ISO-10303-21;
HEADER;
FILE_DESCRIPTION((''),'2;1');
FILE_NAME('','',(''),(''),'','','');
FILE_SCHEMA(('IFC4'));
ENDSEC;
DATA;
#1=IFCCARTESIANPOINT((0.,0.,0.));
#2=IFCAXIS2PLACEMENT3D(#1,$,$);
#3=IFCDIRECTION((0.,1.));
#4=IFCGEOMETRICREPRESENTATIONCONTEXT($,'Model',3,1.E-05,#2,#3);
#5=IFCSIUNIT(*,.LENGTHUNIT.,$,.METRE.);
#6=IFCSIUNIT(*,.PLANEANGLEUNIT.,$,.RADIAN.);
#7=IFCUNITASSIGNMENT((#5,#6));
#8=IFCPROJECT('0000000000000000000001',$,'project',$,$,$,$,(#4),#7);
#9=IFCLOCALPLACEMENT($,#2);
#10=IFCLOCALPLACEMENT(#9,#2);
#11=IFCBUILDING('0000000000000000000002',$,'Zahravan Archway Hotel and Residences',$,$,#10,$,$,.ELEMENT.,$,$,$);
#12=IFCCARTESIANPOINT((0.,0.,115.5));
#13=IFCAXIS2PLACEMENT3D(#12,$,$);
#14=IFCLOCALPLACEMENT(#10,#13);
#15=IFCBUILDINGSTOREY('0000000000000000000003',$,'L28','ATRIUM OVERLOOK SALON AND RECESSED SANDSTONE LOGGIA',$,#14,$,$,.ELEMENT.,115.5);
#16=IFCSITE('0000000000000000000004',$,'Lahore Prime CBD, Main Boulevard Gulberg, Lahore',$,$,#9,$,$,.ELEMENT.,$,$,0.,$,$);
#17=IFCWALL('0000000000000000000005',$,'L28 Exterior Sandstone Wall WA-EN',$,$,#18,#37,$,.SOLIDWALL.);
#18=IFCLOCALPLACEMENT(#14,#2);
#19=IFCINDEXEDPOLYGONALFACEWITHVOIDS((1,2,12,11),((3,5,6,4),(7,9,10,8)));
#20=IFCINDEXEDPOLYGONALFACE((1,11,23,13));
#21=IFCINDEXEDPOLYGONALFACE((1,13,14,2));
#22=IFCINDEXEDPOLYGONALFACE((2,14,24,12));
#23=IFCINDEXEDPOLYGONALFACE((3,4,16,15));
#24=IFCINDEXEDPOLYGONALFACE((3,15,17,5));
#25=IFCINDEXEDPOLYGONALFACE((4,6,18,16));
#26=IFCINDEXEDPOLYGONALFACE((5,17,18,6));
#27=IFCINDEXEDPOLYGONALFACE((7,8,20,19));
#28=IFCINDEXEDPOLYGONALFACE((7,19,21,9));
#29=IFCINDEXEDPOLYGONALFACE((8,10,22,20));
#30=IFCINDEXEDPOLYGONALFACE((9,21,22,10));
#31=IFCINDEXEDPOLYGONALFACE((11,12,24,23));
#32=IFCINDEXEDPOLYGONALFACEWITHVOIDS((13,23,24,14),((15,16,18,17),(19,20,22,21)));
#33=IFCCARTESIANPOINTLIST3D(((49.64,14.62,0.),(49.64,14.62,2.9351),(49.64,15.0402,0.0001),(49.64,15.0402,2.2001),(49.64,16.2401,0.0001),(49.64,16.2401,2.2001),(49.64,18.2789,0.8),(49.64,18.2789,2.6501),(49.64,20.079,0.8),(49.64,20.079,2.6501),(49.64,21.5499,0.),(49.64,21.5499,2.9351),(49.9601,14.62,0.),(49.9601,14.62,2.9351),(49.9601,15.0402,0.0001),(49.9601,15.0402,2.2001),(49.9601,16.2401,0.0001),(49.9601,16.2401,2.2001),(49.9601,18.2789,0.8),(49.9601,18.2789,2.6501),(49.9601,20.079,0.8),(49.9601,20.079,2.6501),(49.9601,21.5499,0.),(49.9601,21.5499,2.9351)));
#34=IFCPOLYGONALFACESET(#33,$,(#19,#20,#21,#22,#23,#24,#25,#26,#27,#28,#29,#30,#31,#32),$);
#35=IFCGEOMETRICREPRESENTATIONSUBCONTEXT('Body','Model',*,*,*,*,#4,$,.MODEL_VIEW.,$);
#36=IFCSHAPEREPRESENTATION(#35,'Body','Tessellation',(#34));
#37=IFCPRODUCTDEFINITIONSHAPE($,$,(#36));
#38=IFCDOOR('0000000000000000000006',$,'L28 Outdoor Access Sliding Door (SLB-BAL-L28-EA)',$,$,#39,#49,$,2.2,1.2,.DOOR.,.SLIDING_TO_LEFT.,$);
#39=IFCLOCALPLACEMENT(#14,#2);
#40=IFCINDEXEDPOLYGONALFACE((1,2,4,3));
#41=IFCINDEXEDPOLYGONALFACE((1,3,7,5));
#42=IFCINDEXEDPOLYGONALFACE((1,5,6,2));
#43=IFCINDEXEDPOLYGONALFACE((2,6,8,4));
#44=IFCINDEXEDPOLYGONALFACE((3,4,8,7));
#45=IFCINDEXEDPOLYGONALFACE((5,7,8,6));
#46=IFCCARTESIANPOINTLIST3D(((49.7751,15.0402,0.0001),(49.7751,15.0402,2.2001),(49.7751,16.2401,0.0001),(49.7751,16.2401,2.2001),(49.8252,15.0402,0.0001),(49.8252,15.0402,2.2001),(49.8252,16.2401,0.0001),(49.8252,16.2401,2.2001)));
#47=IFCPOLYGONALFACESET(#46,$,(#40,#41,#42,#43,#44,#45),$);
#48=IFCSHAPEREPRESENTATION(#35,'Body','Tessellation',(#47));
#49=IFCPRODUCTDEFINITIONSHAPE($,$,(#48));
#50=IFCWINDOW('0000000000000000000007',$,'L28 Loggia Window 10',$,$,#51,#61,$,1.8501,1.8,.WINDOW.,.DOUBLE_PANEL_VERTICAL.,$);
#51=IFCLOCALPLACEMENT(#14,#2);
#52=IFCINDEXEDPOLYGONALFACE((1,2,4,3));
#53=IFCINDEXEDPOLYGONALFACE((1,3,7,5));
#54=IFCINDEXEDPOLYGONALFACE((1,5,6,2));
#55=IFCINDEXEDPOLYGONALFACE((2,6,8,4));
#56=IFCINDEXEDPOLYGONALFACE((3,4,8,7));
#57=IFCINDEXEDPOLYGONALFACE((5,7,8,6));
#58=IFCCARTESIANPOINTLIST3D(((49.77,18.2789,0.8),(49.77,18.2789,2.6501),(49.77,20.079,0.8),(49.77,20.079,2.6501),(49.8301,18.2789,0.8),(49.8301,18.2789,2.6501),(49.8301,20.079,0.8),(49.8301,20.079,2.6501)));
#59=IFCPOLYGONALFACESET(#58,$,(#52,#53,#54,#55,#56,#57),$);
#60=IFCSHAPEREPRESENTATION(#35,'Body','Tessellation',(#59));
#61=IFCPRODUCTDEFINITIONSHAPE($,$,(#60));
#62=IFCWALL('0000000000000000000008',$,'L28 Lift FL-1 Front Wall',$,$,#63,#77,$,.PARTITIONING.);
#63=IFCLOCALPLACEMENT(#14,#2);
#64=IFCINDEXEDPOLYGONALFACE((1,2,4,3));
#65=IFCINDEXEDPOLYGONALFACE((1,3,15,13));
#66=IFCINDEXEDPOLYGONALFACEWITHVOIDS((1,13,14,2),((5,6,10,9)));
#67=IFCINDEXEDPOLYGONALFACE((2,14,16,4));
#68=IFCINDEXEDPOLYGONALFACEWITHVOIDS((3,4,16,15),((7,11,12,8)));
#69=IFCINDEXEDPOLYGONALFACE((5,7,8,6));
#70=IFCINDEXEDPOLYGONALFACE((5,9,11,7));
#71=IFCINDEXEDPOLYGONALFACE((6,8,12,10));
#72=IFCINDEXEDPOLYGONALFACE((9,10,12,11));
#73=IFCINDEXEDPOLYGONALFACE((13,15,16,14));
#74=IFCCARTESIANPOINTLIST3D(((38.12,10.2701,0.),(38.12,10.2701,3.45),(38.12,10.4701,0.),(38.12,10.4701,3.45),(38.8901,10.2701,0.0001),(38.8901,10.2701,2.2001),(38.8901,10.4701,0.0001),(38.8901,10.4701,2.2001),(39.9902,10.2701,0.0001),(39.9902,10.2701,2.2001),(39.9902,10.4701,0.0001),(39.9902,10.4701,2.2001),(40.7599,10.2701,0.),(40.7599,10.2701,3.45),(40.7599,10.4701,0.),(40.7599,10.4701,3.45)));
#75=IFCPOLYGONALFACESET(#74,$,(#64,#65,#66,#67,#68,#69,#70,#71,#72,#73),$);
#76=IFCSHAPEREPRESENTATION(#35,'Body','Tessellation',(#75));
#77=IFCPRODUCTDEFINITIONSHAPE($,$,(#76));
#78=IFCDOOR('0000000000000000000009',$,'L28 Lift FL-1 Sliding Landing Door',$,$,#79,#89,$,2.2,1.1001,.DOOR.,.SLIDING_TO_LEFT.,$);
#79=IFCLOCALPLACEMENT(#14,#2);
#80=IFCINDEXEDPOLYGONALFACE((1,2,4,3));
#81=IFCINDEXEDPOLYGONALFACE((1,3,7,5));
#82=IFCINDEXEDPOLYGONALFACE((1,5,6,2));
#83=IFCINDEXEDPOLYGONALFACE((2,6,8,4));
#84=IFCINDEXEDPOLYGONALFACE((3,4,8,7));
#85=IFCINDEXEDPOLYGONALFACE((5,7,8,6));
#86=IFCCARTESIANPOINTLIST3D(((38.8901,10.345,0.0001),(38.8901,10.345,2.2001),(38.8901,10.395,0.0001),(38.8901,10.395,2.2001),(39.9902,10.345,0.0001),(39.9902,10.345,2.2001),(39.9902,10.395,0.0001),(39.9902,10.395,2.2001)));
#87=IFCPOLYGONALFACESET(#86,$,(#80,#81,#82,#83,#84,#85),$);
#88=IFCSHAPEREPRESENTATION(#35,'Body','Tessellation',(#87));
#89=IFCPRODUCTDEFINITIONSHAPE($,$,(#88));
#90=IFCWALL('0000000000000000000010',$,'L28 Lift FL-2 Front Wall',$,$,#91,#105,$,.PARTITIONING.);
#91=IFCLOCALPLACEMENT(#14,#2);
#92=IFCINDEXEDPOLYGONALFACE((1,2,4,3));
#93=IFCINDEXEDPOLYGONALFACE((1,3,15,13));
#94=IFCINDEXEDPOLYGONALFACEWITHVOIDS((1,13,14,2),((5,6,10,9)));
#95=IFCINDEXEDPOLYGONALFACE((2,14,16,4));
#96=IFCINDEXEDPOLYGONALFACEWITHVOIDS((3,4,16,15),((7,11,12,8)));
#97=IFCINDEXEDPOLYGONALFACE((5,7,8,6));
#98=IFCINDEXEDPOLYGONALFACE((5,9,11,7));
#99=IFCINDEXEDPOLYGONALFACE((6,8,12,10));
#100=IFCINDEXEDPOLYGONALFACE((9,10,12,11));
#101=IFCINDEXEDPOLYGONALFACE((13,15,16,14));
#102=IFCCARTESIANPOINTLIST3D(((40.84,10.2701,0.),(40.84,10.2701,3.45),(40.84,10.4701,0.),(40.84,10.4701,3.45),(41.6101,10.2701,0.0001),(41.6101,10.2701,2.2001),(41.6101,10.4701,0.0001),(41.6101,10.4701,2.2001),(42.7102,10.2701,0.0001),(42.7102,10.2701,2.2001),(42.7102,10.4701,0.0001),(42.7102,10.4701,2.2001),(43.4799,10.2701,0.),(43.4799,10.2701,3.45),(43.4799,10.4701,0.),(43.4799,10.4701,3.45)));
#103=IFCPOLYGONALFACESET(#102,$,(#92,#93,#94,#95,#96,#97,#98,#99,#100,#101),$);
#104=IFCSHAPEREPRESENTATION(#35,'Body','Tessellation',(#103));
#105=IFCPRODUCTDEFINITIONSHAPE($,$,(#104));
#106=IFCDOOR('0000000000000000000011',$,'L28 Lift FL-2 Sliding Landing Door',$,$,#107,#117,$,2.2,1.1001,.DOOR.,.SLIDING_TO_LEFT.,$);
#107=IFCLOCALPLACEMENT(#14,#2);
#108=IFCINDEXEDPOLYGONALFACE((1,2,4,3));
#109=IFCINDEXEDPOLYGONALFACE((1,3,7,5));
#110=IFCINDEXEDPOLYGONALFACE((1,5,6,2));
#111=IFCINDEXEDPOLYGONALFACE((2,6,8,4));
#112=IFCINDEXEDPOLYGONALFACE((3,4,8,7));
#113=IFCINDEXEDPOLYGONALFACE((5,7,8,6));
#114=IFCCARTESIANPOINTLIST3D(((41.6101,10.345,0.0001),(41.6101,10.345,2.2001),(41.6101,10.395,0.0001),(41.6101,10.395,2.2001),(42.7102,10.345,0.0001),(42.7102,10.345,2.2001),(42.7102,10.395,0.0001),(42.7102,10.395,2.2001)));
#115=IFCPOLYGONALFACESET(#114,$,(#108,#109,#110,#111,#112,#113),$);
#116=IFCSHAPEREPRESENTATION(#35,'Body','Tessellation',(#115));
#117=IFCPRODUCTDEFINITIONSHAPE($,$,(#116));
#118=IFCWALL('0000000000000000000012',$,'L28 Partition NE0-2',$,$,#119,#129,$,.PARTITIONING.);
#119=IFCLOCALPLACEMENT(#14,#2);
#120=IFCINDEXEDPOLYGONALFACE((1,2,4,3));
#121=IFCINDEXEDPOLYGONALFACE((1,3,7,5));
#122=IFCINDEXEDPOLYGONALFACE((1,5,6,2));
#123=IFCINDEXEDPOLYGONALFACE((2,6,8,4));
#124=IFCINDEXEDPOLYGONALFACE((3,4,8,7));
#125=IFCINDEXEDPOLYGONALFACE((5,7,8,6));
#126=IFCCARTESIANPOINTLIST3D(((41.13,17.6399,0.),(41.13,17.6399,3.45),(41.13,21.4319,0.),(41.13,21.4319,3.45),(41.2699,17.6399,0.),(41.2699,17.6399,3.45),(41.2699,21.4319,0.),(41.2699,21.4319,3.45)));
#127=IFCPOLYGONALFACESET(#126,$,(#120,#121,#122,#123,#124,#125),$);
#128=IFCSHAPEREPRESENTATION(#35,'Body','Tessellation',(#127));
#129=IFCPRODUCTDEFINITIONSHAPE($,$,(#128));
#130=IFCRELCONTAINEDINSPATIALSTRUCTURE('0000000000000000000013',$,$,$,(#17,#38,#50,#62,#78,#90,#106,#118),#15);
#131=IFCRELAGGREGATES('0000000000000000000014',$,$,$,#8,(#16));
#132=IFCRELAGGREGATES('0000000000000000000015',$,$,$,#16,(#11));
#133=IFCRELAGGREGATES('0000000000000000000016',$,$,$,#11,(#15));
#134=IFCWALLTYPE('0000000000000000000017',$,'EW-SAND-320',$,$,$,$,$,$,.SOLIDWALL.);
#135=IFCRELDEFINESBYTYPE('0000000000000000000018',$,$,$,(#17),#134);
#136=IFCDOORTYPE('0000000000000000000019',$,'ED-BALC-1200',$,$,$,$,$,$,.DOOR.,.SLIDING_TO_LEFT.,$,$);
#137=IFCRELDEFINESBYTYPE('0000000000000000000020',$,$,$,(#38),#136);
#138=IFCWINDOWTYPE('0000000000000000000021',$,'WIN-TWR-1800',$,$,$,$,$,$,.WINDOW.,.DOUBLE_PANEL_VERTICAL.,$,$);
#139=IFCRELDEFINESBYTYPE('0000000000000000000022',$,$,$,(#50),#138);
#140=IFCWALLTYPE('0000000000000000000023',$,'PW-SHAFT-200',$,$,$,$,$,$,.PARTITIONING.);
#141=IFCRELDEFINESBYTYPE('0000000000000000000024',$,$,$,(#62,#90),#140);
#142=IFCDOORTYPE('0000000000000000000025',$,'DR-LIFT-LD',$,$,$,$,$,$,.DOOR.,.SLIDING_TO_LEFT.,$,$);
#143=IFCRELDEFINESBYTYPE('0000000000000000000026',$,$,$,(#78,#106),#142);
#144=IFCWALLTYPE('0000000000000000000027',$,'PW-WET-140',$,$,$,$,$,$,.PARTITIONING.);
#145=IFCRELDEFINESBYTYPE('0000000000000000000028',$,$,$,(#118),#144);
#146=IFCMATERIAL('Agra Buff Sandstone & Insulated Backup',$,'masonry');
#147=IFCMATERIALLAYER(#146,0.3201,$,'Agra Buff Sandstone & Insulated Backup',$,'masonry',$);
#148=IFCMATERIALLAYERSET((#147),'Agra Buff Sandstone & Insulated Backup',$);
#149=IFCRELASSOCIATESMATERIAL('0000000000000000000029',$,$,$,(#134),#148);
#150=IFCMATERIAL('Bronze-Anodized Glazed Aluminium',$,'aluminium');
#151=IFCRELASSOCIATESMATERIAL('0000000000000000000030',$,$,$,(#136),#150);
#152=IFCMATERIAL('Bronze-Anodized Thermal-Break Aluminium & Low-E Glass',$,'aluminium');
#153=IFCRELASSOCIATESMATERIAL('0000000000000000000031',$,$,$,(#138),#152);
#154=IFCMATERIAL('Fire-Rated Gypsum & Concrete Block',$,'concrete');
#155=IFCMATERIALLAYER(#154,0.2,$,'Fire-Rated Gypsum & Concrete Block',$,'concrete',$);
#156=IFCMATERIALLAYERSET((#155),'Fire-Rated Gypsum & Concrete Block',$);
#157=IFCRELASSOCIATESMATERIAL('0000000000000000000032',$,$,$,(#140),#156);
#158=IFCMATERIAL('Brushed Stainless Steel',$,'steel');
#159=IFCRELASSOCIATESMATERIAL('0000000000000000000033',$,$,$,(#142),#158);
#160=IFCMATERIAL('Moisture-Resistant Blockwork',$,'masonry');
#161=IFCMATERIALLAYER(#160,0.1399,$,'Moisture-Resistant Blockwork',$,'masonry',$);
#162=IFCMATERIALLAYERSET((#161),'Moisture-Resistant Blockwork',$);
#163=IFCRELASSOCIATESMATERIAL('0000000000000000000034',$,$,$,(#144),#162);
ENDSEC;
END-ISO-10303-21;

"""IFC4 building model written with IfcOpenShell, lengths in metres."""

from ifc_helpers import new_model, si_unit, direction, frame, frame_2d, origin, place, context, subcontext, project, spatial, rectangle, extrude, source, transform, mapped, material, layer, layer_set, type_object, type_shapes, element, fill, save


model = new_model("IFC4")

# Units and contexts
model_context = context("Model", 3, precision=1e-05, world=origin(), true_north=direction((0.0, 1.0)))
body_context = subcontext(model_context, "Body", "Model", "MODEL_VIEW")
ifc_project = project(units=[si_unit("LENGTHUNIT", "METRE"), si_unit("PLANEANGLEUNIT", "RADIAN")], contexts=[model_context])

# Site, building, storey
site_placement = place(None, origin())
site = spatial("IfcSite", under=ifc_project, at=site_placement, Name="Lahore Prime CBD, Main Boulevard Gulberg, Lahore", CompositionType="ELEMENT", RefElevation=0.0)
building_placement = place(site_placement, origin())
building = spatial("IfcBuilding", under=site, at=building_placement, Name="Zahravan Archway Hotel and Residences", CompositionType="ELEMENT")
storey_placement = place(building_placement, frame((0.0, 0.0, 115.5)))
storey = spatial("IfcBuildingStorey", under=building, at=storey_placement, Name="L28", Description="ATRIUM OVERLOOK SALON AND RECESSED SANDSTONE LOGGIA", CompositionType="ELEMENT", Elevation=115.5)

# Wall, openings, door, window
ifc_material_1 = material(Name="Agra Buff Sandstone & Insulated Backup", Category="masonry")
ifc_layer_1 = layer(ifc_material_1, 0.3201, Name="Agra Buff Sandstone & Insulated Backup", Category="masonry")
ifc_layer_set_1 = layer_set([ifc_layer_1], Name="Agra Buff Sandstone & Insulated Backup")
wall_type_1 = type_object("IfcWallType", Name="EW-SAND-320", PredefinedType="SOLIDWALL", material=ifc_layer_set_1)
wall_1_placement = place(storey_placement, frame((49.8, 14.6201, 0.0), z_axis=(0.0, 0.0, 1.0), x_axis=(0.0, 1.0, 0.0)))
wall_1 = element("IfcWall", 1, at=wall_1_placement, inside=storey, type_object=wall_type_1, Name="L28 Exterior Sandstone Wall WA-EN", PredefinedType="SOLIDWALL", context=body_context, shape_type="SweptSolid", body=[
    extrude(rectangle(XDim=6.9299, YDim=0.3201, at=frame_2d((3.4648, 0.0))), origin(), (0.0, 0.0, 1.0), 2.9351),
])
opening_1_placement = place(wall_1_placement, frame((0.4199, 0.0, 0.0)))
opening_1 = element("IfcOpeningElement", 2, at=opening_1_placement, cuts=wall_1, PredefinedType="OPENING", context=body_context, shape_type="SweptSolid", body=[
    extrude(rectangle(XDim=1.2, YDim=2.2, at=frame_2d((0.6001, 1.1001))), frame((0.0, 0.1699, 0.0), z_axis=(0.0, -1.0, 0.0), x_axis=(1.0, 0.0, 0.0)), (0.0, 0.0, 1.0), 0.3401),
])
opening_2_placement = place(wall_1_placement, frame((3.6589, 0.0, 0.8)))
opening_2 = element("IfcOpeningElement", 3, at=opening_2_placement, cuts=wall_1, PredefinedType="OPENING", context=body_context, shape_type="SweptSolid", body=[
    extrude(rectangle(XDim=1.8, YDim=1.8501, at=frame_2d((0.8999, 0.925))), frame((0.0, 0.1699, 0.0), z_axis=(0.0, -1.0, 0.0), x_axis=(1.0, 0.0, 0.0)), (0.0, 0.0, 1.0), 0.3401),
])
ifc_material_2 = material(Name="Bronze-Anodized Glazed Aluminium", Category="aluminium")
door_type_1 = type_object("IfcDoorType", Name="ED-BALC-1200", OperationType="SLIDING_TO_LEFT", PredefinedType="DOOR", material=ifc_material_2)
shared_shape_1 = source(origin(), body_context, "Body", "SweptSolid", [
    extrude(rectangle(XDim=1.2, YDim=2.2, at=frame_2d((0.6001, 1.1001))), frame((0.0, 0.0249, 0.0), z_axis=(0.0, -1.0, 0.0), x_axis=(1.0, 0.0, 0.0)), (0.0, 0.0, 1.0), 0.05),
])
type_shapes(door_type_1, [shared_shape_1])
door_1_placement = place(opening_1_placement, origin())
door_1 = element("IfcDoor", 4, at=door_1_placement, inside=storey, type_object=door_type_1, Name="L28 Outdoor Access Sliding Door (SLB-BAL-L28-EA)", OperationType="SLIDING_TO_LEFT", OverallHeight=2.2, OverallWidth=1.2, PredefinedType="DOOR", context=body_context, shape_type="MappedRepresentation", body=[
    mapped(shared_shape_1, transform((0.0, 0.0, 0.0), scale=1.0)),
])
fill(opening_1, door_1)
ifc_material_3 = material(Name="Bronze-Anodized Thermal-Break Aluminium & Low-E Glass", Category="aluminium")
window_type = type_object("IfcWindowType", Name="WIN-TWR-1800", PartitioningType="DOUBLE_PANEL_VERTICAL", PredefinedType="WINDOW", material=ifc_material_3)
shared_shape_2 = source(origin(), body_context, "Body", "SweptSolid", [
    extrude(rectangle(XDim=1.8, YDim=1.8501, at=frame_2d((0.8999, 0.925))), frame((0.0, 0.03, 0.0), z_axis=(0.0, -1.0, 0.0), x_axis=(1.0, 0.0, 0.0)), (0.0, 0.0, 1.0), 0.0601),
])
type_shapes(window_type, [shared_shape_2])
window_placement = place(opening_2_placement, origin())
window = element("IfcWindow", 5, at=window_placement, inside=storey, type_object=window_type, Name="L28 Loggia Window 10", OverallHeight=1.8501, OverallWidth=1.8, PartitioningType="DOUBLE_PANEL_VERTICAL", PredefinedType="WINDOW", context=body_context, shape_type="MappedRepresentation", body=[
    mapped(shared_shape_2, transform((0.0, 0.0, 0.0), scale=1.0)),
])
fill(opening_2, window)

# Walls, openings, doors
ifc_material_4 = material(Name="Fire-Rated Gypsum & Concrete Block", Category="concrete")
ifc_layer_2 = layer(ifc_material_4, 0.2, Name="Fire-Rated Gypsum & Concrete Block", Category="concrete")
ifc_layer_set_2 = layer_set([ifc_layer_2], Name="Fire-Rated Gypsum & Concrete Block")
wall_type_2 = type_object("IfcWallType", Name="PW-SHAFT-200", PredefinedType="PARTITIONING", material=ifc_layer_set_2)
wall_2_placement = place(storey_placement, frame((38.1201, 10.3701, 0.0), z_axis=(0.0, 0.0, 1.0), x_axis=(1.0, 0.0, 0.0)))
wall_2 = element("IfcWall", 6, at=wall_2_placement, inside=storey, type_object=wall_type_2, Name="L28 Lift FL-1 Front Wall", PredefinedType="PARTITIONING", context=body_context, shape_type="SweptSolid", body=[
    extrude(rectangle(XDim=2.6399, YDim=0.2, at=frame_2d((1.3198, 0.0))), origin(), (0.0, 0.0, 1.0), 3.45),
])
opening_3_placement = place(wall_2_placement, frame((0.77, 0.0, 0.0)))
opening_3 = element("IfcOpeningElement", 7, at=opening_3_placement, cuts=wall_2, PredefinedType="OPENING", context=body_context, shape_type="SweptSolid", body=[
    extrude(rectangle(XDim=1.1001, YDim=2.2, at=frame_2d((0.55, 1.1001))), frame((0.0, 0.1099, 0.0), z_axis=(0.0, -1.0, 0.0), x_axis=(1.0, 0.0, 0.0)), (0.0, 0.0, 1.0), 0.22),
])
ifc_material_5 = material(Name="Brushed Stainless Steel", Category="steel")
door_type_2 = type_object("IfcDoorType", Name="DR-LIFT-LD", OperationType="SLIDING_TO_LEFT", PredefinedType="DOOR", material=ifc_material_5)
shared_shape_3 = source(origin(), body_context, "Body", "SweptSolid", [
    extrude(rectangle(XDim=1.1001, YDim=2.2, at=frame_2d((0.55, 1.1001))), frame((0.0, 0.0249, 0.0), z_axis=(0.0, -1.0, 0.0), x_axis=(1.0, 0.0, 0.0)), (0.0, 0.0, 1.0), 0.05),
])
type_shapes(door_type_2, [shared_shape_3])
door_2_placement = place(opening_3_placement, origin())
door_2 = element("IfcDoor", 8, at=door_2_placement, inside=storey, type_object=door_type_2, Name="L28 Lift FL-1 Sliding Landing Door", OperationType="SLIDING_TO_LEFT", OverallHeight=2.2, OverallWidth=1.1001, PredefinedType="DOOR", context=body_context, shape_type="MappedRepresentation", body=[
    mapped(shared_shape_3, transform((0.0, 0.0, 0.0), scale=1.0)),
])
fill(opening_3, door_2)
wall_3_placement = place(storey_placement, frame((40.8401, 10.3701, 0.0), z_axis=(0.0, 0.0, 1.0), x_axis=(1.0, 0.0, 0.0)))
wall_3 = element("IfcWall", 9, at=wall_3_placement, inside=storey, type_object=wall_type_2, Name="L28 Lift FL-2 Front Wall", PredefinedType="PARTITIONING", context=body_context, shape_type="SweptSolid", body=[
    extrude(rectangle(XDim=2.6399, YDim=0.2, at=frame_2d((1.3198, 0.0))), origin(), (0.0, 0.0, 1.0), 3.45),
])
opening_4_placement = place(wall_3_placement, frame((0.77, 0.0, 0.0)))
opening_4 = element("IfcOpeningElement", 10, at=opening_4_placement, cuts=wall_3, PredefinedType="OPENING", context=body_context, shape_type="SweptSolid", body=[
    extrude(rectangle(XDim=1.1001, YDim=2.2, at=frame_2d((0.55, 1.1001))), frame((0.0, 0.1099, 0.0), z_axis=(0.0, -1.0, 0.0), x_axis=(1.0, 0.0, 0.0)), (0.0, 0.0, 1.0), 0.22),
])
door_3_placement = place(opening_4_placement, origin())
door_3 = element("IfcDoor", 11, at=door_3_placement, inside=storey, type_object=door_type_2, Name="L28 Lift FL-2 Sliding Landing Door", OperationType="SLIDING_TO_LEFT", OverallHeight=2.2, OverallWidth=1.1001, PredefinedType="DOOR", context=body_context, shape_type="MappedRepresentation", body=[
    mapped(shared_shape_3, transform((0.0, 0.0, 0.0), scale=1.0)),
])
fill(opening_4, door_3)

# Wall
ifc_material_6 = material(Name="Moisture-Resistant Blockwork", Category="masonry")
ifc_layer_3 = layer(ifc_material_6, 0.1399, Name="Moisture-Resistant Blockwork", Category="masonry")
ifc_layer_set_3 = layer_set([ifc_layer_3], Name="Moisture-Resistant Blockwork")
wall_type_3 = type_object("IfcWallType", Name="PW-WET-140", PredefinedType="PARTITIONING", material=ifc_layer_set_3)
wall_4_placement = place(storey_placement, frame((41.2, 17.6399, 0.0), z_axis=(0.0, 0.0, 1.0), x_axis=(0.0, 1.0, 0.0)))
element("IfcWall", 12, at=wall_4_placement, inside=storey, type_object=wall_type_3, Name="L28 Partition NE0-2", PredefinedType="PARTITIONING", context=body_context, shape_type="SweptSolid", body=[
    extrude(rectangle(XDim=3.792, YDim=0.1399, at=frame_2d((1.896, 0.0))), origin(), (0.0, 0.0, 1.0), 3.45),
])

save(model, "model.ifc")
